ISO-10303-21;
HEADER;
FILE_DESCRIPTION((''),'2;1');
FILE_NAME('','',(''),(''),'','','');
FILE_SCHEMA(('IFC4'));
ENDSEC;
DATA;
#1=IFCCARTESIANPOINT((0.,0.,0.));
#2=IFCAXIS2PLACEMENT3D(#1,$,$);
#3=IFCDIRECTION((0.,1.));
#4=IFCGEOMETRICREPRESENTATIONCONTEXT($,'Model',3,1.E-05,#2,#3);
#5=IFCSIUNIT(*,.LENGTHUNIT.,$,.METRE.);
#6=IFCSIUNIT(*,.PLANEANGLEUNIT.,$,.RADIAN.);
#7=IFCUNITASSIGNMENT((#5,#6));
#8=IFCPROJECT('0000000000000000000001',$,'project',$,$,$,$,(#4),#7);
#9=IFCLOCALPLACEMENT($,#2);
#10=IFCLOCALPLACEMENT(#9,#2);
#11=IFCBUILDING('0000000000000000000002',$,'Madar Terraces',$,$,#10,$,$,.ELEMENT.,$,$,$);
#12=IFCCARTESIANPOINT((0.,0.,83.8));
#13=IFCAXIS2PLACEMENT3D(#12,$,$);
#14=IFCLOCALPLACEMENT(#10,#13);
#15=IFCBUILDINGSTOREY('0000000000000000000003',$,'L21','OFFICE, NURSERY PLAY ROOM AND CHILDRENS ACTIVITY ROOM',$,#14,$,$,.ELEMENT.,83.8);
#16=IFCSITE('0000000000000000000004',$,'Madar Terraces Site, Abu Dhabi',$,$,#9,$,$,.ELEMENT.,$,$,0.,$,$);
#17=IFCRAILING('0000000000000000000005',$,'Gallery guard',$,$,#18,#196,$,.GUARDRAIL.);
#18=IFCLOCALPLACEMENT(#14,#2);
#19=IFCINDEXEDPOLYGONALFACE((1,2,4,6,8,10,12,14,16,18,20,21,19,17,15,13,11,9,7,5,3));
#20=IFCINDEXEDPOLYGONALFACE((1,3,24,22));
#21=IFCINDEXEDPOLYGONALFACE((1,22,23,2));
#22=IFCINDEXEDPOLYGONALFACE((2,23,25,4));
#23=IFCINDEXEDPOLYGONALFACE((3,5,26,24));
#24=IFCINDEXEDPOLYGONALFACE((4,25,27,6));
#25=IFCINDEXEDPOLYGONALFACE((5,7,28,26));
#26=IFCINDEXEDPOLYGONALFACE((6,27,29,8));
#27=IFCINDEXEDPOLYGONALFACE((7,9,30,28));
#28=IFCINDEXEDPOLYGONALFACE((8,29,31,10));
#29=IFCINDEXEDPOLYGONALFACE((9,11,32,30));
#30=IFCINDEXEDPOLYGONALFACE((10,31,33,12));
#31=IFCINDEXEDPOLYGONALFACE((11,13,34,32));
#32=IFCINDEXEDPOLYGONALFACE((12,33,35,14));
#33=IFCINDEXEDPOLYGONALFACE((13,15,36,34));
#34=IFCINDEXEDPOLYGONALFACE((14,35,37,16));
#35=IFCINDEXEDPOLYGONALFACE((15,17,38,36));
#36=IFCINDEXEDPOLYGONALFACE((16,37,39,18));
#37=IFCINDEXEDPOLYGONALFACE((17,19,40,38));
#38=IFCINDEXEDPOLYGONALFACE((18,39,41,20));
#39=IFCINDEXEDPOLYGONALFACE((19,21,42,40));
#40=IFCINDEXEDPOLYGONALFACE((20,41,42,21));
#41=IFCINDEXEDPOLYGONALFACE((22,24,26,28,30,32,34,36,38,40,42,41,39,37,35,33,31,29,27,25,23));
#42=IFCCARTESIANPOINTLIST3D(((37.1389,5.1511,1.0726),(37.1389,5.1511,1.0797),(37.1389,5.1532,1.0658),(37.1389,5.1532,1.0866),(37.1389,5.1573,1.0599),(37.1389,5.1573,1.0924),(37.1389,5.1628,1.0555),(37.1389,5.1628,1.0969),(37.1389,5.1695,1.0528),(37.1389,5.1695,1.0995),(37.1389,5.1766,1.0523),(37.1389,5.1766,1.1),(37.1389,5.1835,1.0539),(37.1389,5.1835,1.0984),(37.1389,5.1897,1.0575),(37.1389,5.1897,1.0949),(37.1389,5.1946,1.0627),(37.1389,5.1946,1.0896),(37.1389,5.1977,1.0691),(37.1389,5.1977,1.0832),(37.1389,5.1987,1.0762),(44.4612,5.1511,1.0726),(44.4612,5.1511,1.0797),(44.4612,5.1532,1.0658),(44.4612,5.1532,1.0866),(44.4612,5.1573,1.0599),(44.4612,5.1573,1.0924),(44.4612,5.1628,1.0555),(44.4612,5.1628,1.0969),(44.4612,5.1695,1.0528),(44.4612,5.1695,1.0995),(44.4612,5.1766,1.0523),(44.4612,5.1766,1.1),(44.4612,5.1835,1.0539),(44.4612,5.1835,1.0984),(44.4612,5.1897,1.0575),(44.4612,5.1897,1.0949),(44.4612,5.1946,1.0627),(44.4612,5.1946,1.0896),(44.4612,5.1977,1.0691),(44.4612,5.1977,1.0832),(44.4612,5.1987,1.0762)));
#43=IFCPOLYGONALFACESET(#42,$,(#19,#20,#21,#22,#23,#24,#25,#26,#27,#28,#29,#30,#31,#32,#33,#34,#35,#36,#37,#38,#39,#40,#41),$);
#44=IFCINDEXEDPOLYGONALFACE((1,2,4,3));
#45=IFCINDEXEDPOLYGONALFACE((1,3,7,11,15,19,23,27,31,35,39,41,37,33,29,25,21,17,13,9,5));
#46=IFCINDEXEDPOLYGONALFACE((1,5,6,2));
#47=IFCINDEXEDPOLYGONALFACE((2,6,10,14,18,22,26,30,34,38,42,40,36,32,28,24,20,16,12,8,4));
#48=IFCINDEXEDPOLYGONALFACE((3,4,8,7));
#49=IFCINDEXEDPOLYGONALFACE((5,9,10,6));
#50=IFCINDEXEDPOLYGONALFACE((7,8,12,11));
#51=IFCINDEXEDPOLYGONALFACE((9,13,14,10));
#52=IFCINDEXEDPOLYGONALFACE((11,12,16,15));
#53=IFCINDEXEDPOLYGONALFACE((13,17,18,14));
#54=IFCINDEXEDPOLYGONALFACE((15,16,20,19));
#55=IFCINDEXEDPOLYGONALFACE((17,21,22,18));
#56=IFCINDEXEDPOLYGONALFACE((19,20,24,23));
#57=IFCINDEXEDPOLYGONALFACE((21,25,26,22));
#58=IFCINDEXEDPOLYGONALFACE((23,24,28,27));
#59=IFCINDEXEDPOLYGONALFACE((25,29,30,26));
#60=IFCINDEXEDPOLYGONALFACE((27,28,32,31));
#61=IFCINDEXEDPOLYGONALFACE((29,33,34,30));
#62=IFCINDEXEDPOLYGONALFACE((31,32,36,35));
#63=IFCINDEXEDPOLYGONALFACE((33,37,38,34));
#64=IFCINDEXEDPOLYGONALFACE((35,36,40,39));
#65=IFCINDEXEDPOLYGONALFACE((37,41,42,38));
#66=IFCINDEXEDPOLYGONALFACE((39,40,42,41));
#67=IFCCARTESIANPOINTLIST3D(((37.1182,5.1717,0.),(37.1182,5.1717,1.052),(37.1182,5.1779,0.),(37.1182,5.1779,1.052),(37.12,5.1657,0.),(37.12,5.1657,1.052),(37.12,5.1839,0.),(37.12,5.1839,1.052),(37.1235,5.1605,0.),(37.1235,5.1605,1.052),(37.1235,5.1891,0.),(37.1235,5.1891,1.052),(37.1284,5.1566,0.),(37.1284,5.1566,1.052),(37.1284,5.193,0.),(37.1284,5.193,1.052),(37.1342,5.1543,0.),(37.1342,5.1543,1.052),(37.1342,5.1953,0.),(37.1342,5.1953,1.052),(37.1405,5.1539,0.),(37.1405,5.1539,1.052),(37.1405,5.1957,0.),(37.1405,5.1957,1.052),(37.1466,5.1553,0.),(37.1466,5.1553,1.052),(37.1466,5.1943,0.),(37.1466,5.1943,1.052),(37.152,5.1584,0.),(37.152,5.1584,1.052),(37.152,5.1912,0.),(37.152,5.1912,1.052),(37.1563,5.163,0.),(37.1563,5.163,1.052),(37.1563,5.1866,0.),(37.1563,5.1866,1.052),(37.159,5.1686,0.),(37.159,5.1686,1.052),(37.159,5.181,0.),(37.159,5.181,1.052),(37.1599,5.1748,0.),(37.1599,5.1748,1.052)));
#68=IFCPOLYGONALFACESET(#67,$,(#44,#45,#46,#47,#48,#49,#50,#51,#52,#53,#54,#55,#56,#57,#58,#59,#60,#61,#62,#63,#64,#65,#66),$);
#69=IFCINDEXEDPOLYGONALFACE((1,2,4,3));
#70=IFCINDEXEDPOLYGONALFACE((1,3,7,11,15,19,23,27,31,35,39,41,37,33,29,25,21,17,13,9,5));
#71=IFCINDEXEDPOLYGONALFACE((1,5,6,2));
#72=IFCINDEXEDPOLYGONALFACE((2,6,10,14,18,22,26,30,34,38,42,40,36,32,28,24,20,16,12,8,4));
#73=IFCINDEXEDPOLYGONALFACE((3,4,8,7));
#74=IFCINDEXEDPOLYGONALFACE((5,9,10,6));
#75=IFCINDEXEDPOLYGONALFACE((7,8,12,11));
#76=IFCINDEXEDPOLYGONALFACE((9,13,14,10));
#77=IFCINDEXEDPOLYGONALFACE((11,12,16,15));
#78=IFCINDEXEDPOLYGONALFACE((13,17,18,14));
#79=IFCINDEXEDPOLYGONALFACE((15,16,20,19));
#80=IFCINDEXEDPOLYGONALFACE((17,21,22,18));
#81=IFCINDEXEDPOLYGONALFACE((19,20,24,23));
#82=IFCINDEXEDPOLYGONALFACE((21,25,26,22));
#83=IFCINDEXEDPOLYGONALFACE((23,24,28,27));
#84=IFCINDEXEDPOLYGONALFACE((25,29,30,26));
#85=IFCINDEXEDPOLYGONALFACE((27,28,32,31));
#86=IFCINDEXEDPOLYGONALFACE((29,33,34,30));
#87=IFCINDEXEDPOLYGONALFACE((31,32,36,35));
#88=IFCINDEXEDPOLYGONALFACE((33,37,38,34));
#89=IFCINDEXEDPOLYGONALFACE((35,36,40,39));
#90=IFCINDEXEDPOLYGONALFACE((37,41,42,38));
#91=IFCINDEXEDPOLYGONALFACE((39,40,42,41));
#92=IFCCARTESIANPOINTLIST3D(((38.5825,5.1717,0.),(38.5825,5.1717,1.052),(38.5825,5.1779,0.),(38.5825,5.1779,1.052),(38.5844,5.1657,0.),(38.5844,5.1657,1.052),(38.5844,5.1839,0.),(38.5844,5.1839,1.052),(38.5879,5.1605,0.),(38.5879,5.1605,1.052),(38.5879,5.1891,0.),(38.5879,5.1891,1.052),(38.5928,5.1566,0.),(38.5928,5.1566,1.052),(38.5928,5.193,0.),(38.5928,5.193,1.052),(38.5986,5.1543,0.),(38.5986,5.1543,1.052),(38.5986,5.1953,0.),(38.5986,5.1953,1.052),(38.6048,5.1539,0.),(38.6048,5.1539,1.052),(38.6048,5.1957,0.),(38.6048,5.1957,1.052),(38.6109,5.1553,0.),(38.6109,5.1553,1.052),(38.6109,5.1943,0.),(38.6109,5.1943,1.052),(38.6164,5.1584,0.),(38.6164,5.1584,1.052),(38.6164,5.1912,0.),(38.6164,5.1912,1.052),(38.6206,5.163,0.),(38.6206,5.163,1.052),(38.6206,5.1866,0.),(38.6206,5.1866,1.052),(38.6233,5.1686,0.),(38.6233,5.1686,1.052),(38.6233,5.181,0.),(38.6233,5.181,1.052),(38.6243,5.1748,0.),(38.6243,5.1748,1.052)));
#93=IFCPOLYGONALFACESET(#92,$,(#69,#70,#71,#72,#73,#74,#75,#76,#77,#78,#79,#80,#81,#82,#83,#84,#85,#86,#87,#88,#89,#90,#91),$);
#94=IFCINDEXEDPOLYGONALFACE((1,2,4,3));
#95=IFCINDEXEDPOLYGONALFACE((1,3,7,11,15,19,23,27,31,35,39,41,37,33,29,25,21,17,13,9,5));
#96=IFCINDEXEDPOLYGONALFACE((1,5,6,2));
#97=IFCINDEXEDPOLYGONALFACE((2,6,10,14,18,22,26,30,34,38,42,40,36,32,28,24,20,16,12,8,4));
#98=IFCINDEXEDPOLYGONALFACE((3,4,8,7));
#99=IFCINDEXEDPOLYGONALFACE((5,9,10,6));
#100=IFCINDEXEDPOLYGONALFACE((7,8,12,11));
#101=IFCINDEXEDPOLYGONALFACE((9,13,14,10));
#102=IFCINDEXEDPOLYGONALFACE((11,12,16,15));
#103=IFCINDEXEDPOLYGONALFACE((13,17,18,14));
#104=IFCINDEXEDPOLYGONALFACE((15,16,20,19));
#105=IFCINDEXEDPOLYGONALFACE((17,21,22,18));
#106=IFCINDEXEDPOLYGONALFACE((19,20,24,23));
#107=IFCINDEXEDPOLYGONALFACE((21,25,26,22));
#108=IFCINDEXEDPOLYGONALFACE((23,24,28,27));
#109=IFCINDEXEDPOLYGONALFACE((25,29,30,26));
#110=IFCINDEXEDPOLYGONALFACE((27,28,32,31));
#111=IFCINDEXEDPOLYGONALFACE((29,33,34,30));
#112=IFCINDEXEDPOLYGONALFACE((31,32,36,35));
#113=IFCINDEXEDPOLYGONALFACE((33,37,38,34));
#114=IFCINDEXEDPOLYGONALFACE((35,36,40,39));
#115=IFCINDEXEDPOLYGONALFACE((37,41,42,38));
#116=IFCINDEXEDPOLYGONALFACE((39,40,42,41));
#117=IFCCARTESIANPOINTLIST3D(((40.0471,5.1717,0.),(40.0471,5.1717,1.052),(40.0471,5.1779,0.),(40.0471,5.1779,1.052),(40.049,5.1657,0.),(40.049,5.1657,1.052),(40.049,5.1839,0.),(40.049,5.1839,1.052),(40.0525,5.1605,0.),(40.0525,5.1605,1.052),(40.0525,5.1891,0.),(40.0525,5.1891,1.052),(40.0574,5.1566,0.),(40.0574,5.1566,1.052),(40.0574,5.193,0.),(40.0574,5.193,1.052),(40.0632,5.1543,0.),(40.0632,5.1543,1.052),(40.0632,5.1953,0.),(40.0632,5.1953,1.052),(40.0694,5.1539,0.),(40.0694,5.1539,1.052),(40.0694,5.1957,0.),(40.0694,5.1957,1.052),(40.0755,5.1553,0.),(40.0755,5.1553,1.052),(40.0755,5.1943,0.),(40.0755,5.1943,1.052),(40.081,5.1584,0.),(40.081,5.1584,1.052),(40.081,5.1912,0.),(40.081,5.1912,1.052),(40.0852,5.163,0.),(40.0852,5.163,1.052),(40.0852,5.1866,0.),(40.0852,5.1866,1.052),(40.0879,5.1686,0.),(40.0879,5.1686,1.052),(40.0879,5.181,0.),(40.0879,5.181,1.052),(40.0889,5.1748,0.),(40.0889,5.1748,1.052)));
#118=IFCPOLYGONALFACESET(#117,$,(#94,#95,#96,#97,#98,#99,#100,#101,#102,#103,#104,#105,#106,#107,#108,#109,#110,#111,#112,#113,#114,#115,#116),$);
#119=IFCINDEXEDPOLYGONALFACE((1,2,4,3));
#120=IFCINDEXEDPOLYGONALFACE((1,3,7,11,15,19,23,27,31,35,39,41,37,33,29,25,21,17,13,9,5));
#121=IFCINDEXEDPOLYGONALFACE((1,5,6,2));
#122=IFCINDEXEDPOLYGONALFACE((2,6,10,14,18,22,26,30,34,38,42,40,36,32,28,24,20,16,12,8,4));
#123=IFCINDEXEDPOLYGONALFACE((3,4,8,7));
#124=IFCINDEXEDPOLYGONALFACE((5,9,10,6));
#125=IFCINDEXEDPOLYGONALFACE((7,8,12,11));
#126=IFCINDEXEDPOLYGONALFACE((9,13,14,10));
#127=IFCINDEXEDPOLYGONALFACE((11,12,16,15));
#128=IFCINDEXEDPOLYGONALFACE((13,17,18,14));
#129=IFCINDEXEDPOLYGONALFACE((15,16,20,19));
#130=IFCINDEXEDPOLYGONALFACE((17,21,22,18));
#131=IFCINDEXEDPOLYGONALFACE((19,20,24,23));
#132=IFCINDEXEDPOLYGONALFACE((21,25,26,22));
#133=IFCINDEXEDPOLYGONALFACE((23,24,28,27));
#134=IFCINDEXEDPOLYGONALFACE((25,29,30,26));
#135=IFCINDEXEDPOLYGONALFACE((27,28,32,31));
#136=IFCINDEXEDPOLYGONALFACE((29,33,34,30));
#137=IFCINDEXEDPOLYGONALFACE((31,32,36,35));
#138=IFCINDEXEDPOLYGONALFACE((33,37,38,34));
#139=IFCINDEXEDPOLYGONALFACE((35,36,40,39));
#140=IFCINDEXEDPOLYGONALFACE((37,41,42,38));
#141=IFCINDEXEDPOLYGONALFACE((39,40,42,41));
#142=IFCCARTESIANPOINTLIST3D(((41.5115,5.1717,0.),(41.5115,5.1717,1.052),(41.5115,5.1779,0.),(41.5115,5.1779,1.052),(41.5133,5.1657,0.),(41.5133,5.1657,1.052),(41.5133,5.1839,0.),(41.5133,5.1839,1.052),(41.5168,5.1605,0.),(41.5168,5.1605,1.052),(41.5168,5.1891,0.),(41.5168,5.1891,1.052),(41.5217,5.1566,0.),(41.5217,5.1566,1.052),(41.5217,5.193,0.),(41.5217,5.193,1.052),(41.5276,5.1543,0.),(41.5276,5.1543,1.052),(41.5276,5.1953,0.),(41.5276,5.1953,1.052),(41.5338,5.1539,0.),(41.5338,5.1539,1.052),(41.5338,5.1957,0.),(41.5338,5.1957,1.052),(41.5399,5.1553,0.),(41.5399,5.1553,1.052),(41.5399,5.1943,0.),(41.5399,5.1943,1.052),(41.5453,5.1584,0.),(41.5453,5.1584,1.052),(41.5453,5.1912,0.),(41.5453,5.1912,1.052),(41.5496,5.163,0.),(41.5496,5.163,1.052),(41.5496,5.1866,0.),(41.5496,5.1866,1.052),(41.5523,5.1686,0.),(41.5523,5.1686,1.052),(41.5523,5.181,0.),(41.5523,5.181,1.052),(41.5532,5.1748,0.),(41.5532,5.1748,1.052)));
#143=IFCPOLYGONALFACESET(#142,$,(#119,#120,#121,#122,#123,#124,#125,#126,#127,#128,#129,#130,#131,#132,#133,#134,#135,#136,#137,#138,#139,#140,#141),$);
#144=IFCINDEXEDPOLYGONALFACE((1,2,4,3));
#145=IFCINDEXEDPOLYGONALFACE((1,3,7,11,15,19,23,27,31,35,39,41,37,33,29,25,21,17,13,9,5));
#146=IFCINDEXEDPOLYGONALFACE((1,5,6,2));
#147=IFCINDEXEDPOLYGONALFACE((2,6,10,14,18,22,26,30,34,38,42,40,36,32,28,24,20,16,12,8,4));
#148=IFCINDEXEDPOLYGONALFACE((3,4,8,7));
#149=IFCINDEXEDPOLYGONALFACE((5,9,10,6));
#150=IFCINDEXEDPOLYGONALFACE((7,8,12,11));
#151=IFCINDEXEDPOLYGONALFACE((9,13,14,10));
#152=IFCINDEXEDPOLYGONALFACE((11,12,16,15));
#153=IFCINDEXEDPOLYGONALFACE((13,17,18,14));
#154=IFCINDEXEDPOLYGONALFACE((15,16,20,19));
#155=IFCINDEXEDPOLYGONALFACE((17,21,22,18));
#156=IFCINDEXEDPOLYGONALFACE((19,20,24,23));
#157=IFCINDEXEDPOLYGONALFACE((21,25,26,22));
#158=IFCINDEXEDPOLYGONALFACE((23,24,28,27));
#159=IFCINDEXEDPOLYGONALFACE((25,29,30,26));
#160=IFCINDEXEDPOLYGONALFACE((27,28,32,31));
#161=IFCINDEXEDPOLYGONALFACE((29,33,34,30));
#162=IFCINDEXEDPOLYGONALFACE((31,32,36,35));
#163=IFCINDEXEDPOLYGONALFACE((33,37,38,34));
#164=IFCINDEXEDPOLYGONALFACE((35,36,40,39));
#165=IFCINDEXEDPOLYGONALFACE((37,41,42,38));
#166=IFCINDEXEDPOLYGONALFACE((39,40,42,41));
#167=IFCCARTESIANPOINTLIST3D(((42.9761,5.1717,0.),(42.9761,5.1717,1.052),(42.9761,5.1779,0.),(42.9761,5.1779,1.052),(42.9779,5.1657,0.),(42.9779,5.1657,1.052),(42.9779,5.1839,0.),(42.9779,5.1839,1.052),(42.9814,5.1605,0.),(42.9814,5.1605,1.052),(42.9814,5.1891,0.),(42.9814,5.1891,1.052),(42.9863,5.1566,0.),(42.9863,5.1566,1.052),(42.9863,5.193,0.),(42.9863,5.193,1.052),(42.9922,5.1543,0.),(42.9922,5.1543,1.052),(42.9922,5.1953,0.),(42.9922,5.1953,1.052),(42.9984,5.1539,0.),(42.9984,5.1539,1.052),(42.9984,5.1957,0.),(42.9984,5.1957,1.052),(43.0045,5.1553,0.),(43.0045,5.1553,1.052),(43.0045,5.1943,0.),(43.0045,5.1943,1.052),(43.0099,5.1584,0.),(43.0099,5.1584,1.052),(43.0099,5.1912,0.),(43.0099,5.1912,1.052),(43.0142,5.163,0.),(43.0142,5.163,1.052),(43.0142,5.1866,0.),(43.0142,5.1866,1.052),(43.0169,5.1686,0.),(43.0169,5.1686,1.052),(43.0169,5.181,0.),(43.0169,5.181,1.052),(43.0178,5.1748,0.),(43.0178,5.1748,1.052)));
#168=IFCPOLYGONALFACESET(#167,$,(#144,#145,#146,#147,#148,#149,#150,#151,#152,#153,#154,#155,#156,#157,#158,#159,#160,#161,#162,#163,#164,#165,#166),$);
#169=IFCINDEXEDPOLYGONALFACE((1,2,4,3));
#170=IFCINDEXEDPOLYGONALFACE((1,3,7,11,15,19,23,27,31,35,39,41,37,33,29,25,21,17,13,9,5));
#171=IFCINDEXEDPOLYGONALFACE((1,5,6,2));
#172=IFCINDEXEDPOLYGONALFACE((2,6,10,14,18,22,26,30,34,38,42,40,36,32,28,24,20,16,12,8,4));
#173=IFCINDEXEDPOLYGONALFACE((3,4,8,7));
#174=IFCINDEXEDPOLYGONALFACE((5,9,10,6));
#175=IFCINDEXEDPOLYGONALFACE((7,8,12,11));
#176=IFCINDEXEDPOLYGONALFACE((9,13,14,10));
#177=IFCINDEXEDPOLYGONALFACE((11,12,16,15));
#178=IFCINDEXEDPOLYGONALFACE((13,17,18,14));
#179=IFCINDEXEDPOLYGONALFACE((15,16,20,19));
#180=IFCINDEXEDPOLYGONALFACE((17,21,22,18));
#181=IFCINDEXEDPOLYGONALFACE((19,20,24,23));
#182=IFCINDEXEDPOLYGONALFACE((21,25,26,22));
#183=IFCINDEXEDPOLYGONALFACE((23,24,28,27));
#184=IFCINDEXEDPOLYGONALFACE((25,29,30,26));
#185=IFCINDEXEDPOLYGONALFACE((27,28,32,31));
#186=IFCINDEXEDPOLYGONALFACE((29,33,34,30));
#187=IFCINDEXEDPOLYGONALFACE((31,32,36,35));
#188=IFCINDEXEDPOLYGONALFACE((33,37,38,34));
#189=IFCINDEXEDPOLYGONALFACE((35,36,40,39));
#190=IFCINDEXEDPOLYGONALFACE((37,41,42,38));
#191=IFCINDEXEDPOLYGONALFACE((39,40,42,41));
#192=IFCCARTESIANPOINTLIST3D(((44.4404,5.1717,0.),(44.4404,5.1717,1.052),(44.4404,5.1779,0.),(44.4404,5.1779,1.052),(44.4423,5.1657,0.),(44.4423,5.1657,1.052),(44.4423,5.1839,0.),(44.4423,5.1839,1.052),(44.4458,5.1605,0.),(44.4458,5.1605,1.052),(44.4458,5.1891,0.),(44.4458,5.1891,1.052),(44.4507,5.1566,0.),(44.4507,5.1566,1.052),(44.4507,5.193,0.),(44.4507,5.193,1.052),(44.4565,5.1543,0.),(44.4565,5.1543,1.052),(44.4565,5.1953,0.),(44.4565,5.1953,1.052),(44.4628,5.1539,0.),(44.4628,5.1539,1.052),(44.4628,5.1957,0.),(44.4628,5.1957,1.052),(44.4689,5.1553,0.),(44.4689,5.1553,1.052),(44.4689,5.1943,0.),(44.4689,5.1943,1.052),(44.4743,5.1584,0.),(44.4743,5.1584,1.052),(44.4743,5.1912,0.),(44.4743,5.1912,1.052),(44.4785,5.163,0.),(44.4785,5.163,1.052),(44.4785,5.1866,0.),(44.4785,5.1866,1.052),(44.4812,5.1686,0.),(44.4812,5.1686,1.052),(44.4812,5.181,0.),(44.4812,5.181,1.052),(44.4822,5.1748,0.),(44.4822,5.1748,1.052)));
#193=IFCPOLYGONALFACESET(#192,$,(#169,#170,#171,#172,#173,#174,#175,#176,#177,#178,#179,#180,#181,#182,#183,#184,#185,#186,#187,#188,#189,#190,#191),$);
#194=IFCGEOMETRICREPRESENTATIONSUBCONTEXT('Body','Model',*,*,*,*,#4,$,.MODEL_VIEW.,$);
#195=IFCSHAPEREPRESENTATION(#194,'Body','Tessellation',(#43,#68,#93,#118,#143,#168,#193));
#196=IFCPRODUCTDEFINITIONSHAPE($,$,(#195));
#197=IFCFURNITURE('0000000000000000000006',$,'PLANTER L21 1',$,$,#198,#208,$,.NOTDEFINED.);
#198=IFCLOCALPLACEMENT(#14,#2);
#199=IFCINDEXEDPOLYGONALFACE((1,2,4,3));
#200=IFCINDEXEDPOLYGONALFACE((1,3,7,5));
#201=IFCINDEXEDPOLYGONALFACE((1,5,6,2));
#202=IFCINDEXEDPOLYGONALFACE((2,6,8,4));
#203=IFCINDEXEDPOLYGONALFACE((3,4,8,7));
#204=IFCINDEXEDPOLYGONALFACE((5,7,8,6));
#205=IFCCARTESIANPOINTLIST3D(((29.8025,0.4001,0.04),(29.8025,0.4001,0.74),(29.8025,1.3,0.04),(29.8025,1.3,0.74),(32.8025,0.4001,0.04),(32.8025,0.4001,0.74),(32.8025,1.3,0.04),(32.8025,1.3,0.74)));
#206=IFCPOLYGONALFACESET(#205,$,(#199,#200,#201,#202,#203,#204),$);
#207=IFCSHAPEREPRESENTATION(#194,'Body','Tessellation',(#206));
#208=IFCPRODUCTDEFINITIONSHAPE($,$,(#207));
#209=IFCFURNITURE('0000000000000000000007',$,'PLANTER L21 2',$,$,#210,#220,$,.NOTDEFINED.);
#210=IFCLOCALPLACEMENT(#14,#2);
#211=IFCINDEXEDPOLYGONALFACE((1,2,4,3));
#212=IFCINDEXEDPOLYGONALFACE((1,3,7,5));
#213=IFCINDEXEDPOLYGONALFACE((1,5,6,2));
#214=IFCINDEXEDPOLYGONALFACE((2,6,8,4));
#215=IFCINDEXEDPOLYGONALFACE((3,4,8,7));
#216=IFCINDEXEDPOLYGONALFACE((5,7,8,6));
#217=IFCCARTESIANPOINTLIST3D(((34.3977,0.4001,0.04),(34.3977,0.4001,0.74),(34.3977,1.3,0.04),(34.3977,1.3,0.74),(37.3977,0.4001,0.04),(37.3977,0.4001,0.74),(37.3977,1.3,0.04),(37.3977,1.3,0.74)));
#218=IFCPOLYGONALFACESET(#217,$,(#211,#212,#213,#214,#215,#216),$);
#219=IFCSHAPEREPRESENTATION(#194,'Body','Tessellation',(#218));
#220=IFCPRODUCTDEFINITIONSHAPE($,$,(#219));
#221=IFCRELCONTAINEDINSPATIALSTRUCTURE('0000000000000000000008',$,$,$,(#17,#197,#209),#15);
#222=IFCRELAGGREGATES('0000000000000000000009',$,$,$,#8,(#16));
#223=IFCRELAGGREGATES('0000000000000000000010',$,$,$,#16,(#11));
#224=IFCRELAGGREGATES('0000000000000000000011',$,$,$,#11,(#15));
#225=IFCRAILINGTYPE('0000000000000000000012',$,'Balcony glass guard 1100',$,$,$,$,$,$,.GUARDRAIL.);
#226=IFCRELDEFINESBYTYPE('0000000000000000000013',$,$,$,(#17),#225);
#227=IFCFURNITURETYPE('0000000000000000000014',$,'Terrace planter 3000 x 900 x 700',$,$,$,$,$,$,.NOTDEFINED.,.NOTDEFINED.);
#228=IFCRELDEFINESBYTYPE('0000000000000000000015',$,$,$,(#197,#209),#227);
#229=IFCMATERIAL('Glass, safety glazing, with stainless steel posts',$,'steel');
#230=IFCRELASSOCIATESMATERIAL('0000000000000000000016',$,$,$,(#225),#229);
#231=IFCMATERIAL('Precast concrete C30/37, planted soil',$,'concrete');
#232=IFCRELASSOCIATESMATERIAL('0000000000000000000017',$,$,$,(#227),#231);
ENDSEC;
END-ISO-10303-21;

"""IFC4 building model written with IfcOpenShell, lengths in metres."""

from ifc_helpers import new_model, si_unit, direction, frame, origin, origin_2d, place, context, subcontext, project, spatial, rectangle, circle, extrude, material, type_object, element, save


model = new_model("IFC4")

# Units and contexts
model_context = context("Model", 3, precision=1e-05, world=origin(), true_north=direction((0.0, 1.0)))
body_context = subcontext(model_context, "Body", "Model", "MODEL_VIEW")
ifc_project = project(units=[si_unit("LENGTHUNIT", "METRE"), si_unit("PLANEANGLEUNIT", "RADIAN")], contexts=[model_context])

# Site, building, storey
site_placement = place(None, origin())
site = spatial("IfcSite", under=ifc_project, at=site_placement, Name="Madar Terraces Site, Abu Dhabi", CompositionType="ELEMENT", RefElevation=0.0)
building_placement = place(site_placement, origin())
building = spatial("IfcBuilding", under=site, at=building_placement, Name="Madar Terraces", CompositionType="ELEMENT")
storey_placement = place(building_placement, frame((0.0, 0.0, 83.8)))
storey = spatial("IfcBuildingStorey", under=building, at=storey_placement, Name="L21", Description="OFFICE, NURSERY PLAY ROOM AND CHILDRENS ACTIVITY ROOM", CompositionType="ELEMENT", Elevation=83.8)

# Railing
ifc_material_1 = material(Name="Glass, safety glazing, with stainless steel posts", Category="steel")
railing_type = type_object("IfcRailingType", Name="Balcony glass guard 1100", PredefinedType="GUARDRAIL", material=ifc_material_1)
railing_placement = place(storey_placement, frame((37.1389, 5.1748, 0.0)))
element("IfcRailing", 1, at=railing_placement, inside=storey, type_object=railing_type, Name="Gallery guard", PredefinedType="GUARDRAIL", context=body_context, shape_type="SweptSolid", body=[
    extrude(circle(Radius=0.0239, at=origin_2d()), frame((0.0, 0.0, 1.0762), z_axis=(1.0, 0.0, 0.0), x_axis=(0.0, 1.0, 0.0)), (0.0, 0.0, 1.0), 7.3223),
    extrude(circle(Radius=0.021, at=origin_2d()), origin(), (0.0, 0.0, 1.0), 1.052),
    extrude(circle(Radius=0.021, at=origin_2d()), frame((1.4644, 0.0, 0.0)), (0.0, 0.0, 1.0), 1.052),
    extrude(circle(Radius=0.021, at=origin_2d()), frame((2.929, 0.0, 0.0)), (0.0, 0.0, 1.0), 1.052),
    extrude(circle(Radius=0.021, at=origin_2d()), frame((4.3933, 0.0, 0.0)), (0.0, 0.0, 1.0), 1.052),
    extrude(circle(Radius=0.021, at=origin_2d()), frame((5.8579, 0.0, 0.0)), (0.0, 0.0, 1.0), 1.052),
    extrude(circle(Radius=0.021, at=origin_2d()), frame((7.3223, 0.0, 0.0)), (0.0, 0.0, 1.0), 1.052),
])

# Furniture
ifc_material_2 = material(Name="Precast concrete C30/37, planted soil", Category="concrete")
furniture_type = type_object("IfcFurnitureType", Name="Terrace planter 3000 x 900 x 700", AssemblyPlace="NOTDEFINED", PredefinedType="NOTDEFINED", material=ifc_material_2)
for number, where, z_axis, x_axis, name in (
    (2, (31.3025, 0.8501, 0.04), (0.0, 0.0, 1.0), (1.0, 0.0, 0.0), "PLANTER L21 1"),
    (3, (35.8977, 0.8501, 0.04), (0.0, 0.0, 1.0), (1.0, 0.0, 0.0), "PLANTER L21 2"),
):
    element("IfcFurniture", number, at=place(storey_placement, frame(where, z_axis=z_axis, x_axis=x_axis)), inside=storey, type_object=furniture_type, Name=name, PredefinedType="NOTDEFINED", context=body_context, shape_type="SweptSolid", body=[
        extrude(rectangle(XDim=3.0, YDim=0.8999, at=origin_2d()), origin(), (0.0, 0.0, 1.0), 0.7),
    ])

save(model, "model.ifc")
